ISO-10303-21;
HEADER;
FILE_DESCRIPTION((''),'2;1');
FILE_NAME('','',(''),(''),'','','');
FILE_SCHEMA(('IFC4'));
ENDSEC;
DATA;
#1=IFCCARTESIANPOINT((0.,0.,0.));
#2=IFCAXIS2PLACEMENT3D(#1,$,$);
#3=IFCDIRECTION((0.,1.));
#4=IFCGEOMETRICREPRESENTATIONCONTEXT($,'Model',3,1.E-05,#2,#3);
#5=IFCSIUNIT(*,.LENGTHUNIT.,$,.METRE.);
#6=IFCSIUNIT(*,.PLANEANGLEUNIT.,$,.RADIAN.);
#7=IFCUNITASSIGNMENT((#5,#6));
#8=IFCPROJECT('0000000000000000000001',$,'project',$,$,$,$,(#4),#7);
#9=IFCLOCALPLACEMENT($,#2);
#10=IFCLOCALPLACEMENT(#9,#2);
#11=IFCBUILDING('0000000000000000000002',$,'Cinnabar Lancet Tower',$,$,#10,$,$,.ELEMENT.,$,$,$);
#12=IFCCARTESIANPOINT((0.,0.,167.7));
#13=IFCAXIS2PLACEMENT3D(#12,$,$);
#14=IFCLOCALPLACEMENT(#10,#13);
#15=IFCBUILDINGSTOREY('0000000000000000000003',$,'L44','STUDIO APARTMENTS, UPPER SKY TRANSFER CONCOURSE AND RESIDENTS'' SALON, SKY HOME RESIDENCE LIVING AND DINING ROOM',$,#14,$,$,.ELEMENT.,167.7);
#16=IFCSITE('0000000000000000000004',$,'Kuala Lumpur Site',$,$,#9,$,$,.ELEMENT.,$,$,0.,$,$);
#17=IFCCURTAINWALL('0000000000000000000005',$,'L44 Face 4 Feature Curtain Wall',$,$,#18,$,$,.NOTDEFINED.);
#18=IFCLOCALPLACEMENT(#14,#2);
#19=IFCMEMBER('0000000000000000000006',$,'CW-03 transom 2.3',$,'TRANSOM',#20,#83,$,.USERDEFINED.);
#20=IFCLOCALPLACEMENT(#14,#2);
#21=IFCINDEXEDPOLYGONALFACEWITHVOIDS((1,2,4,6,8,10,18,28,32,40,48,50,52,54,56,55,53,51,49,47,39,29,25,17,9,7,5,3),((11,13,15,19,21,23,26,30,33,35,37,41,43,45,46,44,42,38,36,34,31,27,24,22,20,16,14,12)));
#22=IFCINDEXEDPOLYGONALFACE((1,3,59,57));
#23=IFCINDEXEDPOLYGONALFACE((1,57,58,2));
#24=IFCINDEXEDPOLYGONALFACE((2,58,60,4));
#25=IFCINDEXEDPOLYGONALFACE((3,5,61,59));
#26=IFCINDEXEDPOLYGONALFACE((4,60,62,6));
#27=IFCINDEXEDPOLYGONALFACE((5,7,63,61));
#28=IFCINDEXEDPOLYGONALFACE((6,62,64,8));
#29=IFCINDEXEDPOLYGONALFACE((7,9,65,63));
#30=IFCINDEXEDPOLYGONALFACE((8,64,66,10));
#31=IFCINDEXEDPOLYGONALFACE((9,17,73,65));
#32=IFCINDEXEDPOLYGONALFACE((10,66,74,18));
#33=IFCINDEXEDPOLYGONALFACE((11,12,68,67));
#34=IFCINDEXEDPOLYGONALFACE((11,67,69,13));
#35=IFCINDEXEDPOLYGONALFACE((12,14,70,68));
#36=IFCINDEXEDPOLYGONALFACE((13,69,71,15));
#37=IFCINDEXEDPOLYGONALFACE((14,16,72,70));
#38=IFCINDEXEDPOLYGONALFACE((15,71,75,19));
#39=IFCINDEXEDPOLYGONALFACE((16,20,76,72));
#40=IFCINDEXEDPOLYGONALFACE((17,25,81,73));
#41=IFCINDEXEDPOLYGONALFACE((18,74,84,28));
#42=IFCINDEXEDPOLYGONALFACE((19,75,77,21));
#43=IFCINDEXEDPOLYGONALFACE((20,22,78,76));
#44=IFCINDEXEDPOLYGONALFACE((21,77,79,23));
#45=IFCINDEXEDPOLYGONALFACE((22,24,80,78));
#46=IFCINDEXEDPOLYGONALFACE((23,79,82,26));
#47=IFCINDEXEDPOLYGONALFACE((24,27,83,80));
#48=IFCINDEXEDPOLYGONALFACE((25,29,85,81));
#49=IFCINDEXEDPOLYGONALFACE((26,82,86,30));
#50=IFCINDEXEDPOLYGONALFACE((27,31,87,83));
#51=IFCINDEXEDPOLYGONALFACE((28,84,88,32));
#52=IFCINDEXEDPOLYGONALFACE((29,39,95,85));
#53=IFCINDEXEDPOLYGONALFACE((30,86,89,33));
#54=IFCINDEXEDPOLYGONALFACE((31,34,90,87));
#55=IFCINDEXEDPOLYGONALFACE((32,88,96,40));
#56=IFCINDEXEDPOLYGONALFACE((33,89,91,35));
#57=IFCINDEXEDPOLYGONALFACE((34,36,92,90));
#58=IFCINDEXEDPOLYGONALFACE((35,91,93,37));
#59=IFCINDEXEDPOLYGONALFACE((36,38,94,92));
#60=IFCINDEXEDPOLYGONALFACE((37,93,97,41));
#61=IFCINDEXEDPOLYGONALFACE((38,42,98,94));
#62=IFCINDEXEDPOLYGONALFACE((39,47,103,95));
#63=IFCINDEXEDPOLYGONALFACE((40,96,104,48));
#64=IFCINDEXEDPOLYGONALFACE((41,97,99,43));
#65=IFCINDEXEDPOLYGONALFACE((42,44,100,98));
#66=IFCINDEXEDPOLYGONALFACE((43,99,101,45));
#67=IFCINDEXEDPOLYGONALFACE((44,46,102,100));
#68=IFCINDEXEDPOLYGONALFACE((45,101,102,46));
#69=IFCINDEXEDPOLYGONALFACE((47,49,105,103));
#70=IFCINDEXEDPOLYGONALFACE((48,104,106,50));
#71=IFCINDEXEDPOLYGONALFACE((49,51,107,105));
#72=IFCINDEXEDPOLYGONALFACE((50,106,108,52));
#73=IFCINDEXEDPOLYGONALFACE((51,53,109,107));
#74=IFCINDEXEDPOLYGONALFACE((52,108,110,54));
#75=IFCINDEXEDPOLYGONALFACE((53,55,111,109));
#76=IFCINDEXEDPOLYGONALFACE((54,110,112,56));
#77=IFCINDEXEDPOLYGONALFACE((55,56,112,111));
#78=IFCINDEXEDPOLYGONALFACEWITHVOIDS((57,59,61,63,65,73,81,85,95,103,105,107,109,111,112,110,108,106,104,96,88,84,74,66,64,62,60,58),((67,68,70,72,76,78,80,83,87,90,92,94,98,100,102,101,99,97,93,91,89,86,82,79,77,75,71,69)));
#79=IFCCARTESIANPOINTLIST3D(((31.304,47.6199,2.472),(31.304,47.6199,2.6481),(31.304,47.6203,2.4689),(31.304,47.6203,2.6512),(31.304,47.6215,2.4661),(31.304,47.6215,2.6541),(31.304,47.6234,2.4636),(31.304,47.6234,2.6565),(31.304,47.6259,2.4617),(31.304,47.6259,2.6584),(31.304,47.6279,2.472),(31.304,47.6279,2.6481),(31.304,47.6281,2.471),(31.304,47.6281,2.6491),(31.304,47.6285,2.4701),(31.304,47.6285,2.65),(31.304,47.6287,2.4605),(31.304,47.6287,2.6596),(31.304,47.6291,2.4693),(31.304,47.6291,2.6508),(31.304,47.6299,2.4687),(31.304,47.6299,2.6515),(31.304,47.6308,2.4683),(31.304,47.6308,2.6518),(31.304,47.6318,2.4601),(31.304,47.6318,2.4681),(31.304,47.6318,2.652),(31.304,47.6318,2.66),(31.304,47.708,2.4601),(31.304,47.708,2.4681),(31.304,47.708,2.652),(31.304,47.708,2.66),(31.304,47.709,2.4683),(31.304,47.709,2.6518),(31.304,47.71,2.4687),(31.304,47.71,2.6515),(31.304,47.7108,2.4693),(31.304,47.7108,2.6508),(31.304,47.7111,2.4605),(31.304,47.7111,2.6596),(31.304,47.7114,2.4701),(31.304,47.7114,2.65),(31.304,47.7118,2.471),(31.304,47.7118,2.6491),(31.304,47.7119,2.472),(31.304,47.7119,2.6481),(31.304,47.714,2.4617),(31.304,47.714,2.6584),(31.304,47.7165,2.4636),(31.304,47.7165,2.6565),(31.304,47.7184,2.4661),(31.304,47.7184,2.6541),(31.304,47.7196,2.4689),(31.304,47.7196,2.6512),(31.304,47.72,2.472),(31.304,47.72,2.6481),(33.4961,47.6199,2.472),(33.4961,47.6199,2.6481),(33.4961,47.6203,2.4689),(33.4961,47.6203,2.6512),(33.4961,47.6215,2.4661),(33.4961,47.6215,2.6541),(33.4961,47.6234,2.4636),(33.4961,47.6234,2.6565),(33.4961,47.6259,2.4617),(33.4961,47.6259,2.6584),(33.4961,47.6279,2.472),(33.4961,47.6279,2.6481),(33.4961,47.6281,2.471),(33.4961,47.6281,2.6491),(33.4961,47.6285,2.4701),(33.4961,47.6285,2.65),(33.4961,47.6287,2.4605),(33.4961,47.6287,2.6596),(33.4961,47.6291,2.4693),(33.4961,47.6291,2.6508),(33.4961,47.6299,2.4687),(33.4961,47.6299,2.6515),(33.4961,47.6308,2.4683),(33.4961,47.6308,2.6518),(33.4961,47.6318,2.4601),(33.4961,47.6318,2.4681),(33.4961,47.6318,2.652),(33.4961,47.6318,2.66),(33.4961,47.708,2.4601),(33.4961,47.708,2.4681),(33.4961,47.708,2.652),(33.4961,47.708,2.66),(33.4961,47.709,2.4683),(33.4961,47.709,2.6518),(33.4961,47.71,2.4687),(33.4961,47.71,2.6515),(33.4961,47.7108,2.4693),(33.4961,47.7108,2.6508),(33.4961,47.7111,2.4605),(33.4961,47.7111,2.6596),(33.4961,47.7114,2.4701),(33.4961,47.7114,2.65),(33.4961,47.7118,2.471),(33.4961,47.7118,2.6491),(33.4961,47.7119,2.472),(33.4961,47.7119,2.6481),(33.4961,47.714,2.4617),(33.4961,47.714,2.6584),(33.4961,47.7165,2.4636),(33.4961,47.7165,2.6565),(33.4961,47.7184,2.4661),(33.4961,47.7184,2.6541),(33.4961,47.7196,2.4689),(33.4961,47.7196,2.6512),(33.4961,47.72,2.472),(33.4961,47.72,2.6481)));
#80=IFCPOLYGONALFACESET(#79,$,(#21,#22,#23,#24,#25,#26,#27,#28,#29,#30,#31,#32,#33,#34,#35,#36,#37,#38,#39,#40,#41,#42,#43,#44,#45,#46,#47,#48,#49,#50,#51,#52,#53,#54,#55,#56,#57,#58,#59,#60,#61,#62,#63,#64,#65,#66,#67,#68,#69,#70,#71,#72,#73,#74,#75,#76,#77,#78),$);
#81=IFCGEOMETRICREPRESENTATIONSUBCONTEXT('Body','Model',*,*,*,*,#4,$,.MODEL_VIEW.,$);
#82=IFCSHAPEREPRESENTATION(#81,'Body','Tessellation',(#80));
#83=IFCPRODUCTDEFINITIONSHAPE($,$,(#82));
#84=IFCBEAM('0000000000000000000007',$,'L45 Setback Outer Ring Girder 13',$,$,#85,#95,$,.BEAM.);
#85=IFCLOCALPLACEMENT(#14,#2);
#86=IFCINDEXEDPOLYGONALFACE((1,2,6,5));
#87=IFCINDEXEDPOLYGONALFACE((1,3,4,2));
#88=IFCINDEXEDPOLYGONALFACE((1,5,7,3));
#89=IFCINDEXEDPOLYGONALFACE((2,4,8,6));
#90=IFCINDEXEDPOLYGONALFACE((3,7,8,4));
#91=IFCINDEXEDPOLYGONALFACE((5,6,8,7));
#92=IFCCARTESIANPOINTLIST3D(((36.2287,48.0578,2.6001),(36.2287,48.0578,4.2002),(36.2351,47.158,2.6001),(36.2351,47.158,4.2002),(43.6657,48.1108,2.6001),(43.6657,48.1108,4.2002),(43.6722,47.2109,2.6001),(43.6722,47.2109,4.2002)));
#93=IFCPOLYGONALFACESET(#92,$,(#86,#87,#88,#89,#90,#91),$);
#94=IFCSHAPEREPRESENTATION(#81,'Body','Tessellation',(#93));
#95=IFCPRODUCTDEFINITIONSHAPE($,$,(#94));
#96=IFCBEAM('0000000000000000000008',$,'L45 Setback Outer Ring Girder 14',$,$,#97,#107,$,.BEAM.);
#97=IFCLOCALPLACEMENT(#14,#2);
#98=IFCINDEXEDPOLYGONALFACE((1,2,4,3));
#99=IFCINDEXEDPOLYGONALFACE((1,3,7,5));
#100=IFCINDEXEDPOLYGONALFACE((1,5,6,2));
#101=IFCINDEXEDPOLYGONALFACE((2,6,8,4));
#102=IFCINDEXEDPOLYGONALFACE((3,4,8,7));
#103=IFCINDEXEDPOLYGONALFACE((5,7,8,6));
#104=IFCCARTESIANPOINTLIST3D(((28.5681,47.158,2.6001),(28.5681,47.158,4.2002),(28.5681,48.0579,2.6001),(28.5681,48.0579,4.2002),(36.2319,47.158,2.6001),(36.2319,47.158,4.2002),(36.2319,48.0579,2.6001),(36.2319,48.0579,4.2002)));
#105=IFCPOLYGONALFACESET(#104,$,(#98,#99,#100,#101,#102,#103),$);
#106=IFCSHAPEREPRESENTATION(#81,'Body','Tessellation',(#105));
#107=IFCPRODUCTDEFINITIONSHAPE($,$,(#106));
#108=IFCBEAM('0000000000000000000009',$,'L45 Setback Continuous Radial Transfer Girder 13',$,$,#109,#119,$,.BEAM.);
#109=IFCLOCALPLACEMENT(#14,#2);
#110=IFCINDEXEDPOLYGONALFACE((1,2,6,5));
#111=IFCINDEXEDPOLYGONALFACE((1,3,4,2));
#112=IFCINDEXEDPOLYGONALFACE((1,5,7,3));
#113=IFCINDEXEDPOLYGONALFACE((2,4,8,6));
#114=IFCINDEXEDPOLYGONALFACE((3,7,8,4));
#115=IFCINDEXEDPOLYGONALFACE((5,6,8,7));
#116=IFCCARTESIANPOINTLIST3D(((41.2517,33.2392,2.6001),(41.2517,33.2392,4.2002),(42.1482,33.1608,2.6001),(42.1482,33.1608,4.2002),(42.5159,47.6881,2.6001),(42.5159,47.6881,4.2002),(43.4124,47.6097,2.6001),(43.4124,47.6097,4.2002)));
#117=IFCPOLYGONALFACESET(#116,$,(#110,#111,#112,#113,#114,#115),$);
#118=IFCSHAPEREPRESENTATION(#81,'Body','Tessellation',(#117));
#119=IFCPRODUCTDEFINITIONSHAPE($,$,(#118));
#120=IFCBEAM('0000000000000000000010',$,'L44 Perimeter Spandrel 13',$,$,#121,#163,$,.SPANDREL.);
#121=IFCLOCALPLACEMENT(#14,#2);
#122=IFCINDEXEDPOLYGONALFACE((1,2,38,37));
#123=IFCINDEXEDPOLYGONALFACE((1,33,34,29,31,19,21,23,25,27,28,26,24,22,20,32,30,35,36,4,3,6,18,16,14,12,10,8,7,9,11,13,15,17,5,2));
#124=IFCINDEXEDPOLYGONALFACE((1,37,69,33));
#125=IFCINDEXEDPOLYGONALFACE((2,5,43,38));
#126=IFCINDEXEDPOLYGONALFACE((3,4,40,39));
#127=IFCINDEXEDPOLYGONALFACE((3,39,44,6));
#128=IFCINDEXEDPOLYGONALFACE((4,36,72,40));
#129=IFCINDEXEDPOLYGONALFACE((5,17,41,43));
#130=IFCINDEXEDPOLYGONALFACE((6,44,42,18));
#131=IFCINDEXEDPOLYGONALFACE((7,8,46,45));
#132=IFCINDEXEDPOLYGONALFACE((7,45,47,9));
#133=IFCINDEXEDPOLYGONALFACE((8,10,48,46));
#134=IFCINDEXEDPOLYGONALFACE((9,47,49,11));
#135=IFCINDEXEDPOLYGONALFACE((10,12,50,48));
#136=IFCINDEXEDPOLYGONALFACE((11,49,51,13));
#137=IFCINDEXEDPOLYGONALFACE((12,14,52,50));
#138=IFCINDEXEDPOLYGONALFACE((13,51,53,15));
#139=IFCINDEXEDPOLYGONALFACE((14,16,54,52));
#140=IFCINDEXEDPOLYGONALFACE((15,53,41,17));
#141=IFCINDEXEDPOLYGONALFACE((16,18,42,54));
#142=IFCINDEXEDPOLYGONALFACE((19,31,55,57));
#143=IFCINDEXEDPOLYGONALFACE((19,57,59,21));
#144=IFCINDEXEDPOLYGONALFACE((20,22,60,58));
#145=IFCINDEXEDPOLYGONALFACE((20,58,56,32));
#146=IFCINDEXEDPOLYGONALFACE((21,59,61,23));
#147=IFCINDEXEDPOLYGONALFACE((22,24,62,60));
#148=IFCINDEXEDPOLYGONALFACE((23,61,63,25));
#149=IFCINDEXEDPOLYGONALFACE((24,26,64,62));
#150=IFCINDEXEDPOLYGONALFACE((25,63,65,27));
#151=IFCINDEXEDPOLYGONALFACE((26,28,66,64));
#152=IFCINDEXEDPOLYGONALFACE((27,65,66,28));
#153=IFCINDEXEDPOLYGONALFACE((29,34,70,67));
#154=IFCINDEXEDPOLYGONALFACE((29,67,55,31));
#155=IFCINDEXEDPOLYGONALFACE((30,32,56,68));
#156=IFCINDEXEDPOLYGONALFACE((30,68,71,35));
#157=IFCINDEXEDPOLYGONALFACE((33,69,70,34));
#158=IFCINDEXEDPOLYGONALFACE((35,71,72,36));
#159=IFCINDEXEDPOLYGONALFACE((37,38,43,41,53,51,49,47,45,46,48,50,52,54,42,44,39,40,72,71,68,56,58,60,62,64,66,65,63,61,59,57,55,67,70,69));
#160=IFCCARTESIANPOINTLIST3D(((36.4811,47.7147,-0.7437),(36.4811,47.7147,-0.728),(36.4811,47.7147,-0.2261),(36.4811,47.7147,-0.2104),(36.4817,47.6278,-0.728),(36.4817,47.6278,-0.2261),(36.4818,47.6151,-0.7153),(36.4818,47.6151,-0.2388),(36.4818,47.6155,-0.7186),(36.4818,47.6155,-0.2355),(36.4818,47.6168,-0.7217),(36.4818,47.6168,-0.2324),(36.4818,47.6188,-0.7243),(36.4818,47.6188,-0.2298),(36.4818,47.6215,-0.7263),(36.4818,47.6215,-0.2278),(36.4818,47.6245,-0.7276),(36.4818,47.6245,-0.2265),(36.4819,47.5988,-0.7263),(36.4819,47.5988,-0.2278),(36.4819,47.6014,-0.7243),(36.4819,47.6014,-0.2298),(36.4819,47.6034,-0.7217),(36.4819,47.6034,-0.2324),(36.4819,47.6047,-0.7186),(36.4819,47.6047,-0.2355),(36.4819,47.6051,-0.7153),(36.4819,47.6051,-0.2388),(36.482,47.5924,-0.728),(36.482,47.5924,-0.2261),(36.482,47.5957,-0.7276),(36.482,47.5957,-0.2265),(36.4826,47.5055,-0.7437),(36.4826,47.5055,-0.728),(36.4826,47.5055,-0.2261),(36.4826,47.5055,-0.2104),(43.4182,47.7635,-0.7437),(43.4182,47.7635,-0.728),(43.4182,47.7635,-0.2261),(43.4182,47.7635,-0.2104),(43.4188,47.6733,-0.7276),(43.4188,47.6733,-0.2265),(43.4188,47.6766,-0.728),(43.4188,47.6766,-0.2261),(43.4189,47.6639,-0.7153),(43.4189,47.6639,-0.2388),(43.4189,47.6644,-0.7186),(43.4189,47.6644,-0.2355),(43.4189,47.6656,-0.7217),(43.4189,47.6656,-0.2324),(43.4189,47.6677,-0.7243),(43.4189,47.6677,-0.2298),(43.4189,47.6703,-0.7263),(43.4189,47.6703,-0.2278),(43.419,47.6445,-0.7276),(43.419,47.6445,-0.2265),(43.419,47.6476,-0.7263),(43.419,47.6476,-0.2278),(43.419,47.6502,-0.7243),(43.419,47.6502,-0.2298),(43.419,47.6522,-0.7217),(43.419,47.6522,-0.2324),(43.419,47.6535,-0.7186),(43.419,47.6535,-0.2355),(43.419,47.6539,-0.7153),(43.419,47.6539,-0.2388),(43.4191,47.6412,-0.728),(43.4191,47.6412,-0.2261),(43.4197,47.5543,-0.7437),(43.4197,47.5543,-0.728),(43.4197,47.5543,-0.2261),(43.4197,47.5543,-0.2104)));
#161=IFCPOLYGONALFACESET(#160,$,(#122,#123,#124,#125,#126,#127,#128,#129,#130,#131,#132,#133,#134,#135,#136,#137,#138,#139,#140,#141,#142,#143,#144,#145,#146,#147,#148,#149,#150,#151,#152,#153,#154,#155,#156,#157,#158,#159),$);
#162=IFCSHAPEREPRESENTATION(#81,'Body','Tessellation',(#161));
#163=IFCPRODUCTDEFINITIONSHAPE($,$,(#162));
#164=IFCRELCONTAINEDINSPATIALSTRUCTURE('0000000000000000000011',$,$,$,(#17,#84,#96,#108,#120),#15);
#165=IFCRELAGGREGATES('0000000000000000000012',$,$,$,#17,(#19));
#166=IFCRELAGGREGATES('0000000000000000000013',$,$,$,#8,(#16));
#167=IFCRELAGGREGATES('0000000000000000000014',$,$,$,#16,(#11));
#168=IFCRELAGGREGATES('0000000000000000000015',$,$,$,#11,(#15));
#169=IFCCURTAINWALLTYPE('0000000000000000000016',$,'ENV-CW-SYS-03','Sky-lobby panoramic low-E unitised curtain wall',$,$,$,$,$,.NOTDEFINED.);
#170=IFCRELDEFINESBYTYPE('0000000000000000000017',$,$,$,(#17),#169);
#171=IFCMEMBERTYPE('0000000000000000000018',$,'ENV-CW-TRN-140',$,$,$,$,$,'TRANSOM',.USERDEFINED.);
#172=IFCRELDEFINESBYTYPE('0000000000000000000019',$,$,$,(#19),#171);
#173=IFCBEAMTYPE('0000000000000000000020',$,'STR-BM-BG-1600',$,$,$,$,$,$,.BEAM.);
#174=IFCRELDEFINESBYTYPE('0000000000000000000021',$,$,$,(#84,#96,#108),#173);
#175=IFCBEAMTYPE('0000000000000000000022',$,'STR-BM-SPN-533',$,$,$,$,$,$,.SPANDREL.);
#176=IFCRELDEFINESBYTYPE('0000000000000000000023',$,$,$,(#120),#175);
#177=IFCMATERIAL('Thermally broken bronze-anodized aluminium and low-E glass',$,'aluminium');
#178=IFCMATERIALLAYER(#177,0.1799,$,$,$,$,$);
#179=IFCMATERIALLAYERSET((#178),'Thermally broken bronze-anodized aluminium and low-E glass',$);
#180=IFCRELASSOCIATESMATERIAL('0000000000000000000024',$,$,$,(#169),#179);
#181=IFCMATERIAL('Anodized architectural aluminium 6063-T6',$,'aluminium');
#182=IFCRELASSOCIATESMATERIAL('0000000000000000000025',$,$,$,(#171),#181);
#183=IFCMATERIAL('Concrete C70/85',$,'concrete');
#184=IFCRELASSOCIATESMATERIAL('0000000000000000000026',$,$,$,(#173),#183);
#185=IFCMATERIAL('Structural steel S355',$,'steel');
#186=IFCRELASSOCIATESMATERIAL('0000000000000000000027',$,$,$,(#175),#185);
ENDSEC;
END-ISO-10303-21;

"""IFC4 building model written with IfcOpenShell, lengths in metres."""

from ifc_helpers import new_model, si_unit, direction, frame, origin, origin_2d, place, context, subcontext, project, spatial, rectangle, hollow_rectangle, i_section, extrude, material, layer, layer_set, material_profile, profile_set, type_object, element, aggregate, save


model = new_model("IFC4")

# Units and contexts
model_context = context("Model", 3, precision=1e-05, world=origin(), true_north=direction((0.0, 1.0)))
body_context = subcontext(model_context, "Body", "Model", "MODEL_VIEW")
ifc_project = project(units=[si_unit("LENGTHUNIT", "METRE"), si_unit("PLANEANGLEUNIT", "RADIAN")], contexts=[model_context])

# Site, building, storey
site_placement = place(None, origin())
site = spatial("IfcSite", under=ifc_project, at=site_placement, Name="Kuala Lumpur Site", CompositionType="ELEMENT", RefElevation=0.0)
building_placement = place(site_placement, origin())
building = spatial("IfcBuilding", under=site, at=building_placement, Name="Cinnabar Lancet Tower", CompositionType="ELEMENT")
storey_placement = place(building_placement, frame((0.0, 0.0, 167.7)))
storey = spatial("IfcBuildingStorey", under=building, at=storey_placement, Name="L44", Description="STUDIO APARTMENTS, UPPER SKY TRANSFER CONCOURSE AND RESIDENTS' SALON, SKY HOME RESIDENCE LIVING AND DINING ROOM", CompositionType="ELEMENT", Elevation=167.7)

# Curtain wall, member
ifc_material_1 = material(Name="Thermally broken bronze-anodized aluminium and low-E glass", Category="aluminium")
ifc_layer_1 = layer(ifc_material_1, 0.1799)
ifc_layer_set_1 = layer_set([ifc_layer_1], Name="Thermally broken bronze-anodized aluminium and low-E glass")
curtain_wall_type = type_object("IfcCurtainWallType", Name="ENV-CW-SYS-03", Description="Sky-lobby panoramic low-E unitised curtain wall", PredefinedType="NOTDEFINED", material=ifc_layer_set_1)
curtain_wall_placement = place(storey_placement, origin())
curtain_wall = element("IfcCurtainWall", 1, at=curtain_wall_placement, inside=storey, type_object=curtain_wall_type, Name="L44 Face 4 Feature Curtain Wall", PredefinedType="NOTDEFINED")
ifc_material_2 = material(Name="Anodized architectural aluminium 6063-T6", Category="aluminium")
ifc_material_profile_1 = material_profile(ifc_material_2, hollow_rectangle(XDim=0.1001, YDim=0.2, WallThickness=0.0081, InnerFilletRadius=0.0039, OuterFilletRadius=0.012, at=origin_2d()), Name="RHS 200x100x8")
ifc_profile_set_1 = profile_set([ifc_material_profile_1], Name="Anodized architectural aluminium 6063-T6")
member_type_1 = type_object("IfcMemberType", Name="ENV-CW-TRN-140", ElementType="TRANSOM", PredefinedType="USERDEFINED", material=ifc_profile_set_1)
member_1_placement = place(storey_placement, frame((33.4961, 47.6699, 2.5601), z_axis=(-1.0, 0.0, 0.0), x_axis=(0.0, -1.0, 0.0)))
member_1 = element("IfcMember", 2, at=member_1_placement, type_object=member_type_1, Name="CW-03 transom 2.3", ObjectType="TRANSOM", PredefinedType="USERDEFINED", context=body_context, shape_type="SweptSolid", body=[
    extrude(hollow_rectangle(XDim=0.1001, YDim=0.2, WallThickness=0.0081, InnerFilletRadius=0.0039, OuterFilletRadius=0.012, at=origin_2d()), origin(), (0.0, 0.0, 1.0), 2.1921),
])

# Beams
ifc_material_3 = material(Name="Concrete C70/85", Category="concrete")
ifc_material_profile_2 = material_profile(ifc_material_3, rectangle(XDim=0.8999, YDim=1.6001, at=origin_2d()), Name="RC-BG 900x1600")
ifc_profile_set_2 = profile_set([ifc_material_profile_2], Name="Concrete C70/85")
beam_type_1 = type_object("IfcBeamType", Name="STR-BM-BG-1600", PredefinedType="BEAM", material=ifc_profile_set_2)
beam_1_placement = place(storey_placement, frame((43.6689, 47.6609, 3.4001), z_axis=(-0.999975, -0.007123, 0.0), x_axis=(0.007123, -0.999975, 0.0)))
element("IfcBeam", 3, at=beam_1_placement, inside=storey, type_object=beam_type_1, Name="L45 Setback Outer Ring Girder 13", PredefinedType="BEAM", context=body_context, shape_type="SweptSolid", body=[
    extrude(rectangle(XDim=0.8999, YDim=1.6001, at=origin_2d()), origin(), (0.0, 0.0, 1.0), 7.4373),
])
beam_2_placement = place(storey_placement, frame((36.2319, 47.6079, 3.4001), z_axis=(-1.0, 0.0, 0.0), x_axis=(0.0, -1.0, 0.0)))
element("IfcBeam", 4, at=beam_2_placement, inside=storey, type_object=beam_type_1, Name="L45 Setback Outer Ring Girder 14", PredefinedType="BEAM", context=body_context, shape_type="SweptSolid", body=[
    extrude(rectangle(XDim=0.8999, YDim=1.6001, at=origin_2d()), origin(), (0.0, 0.0, 1.0), 7.6638),
])
beam_3_placement = place(storey_placement, frame((42.9641, 47.6489, 3.4001), z_axis=(-0.087158, -0.996194, 0.0), x_axis=(0.996194, -0.087158, 0.0)))
element("IfcBeam", 5, at=beam_3_placement, inside=storey, type_object=beam_type_1, Name="L45 Setback Continuous Radial Transfer Girder 13", PredefinedType="BEAM", context=body_context, shape_type="SweptSolid", body=[
    extrude(rectangle(XDim=0.8999, YDim=1.6001, at=origin_2d()), origin(), (0.0, 0.0, 1.0), 14.5042),
])
ifc_material_4 = material(Name="Structural steel S355", Category="steel")
ifc_material_profile_3 = material_profile(ifc_material_4, i_section(OverallWidth=0.2092, OverallDepth=0.5332, WebThickness=0.01, FlangeThickness=0.0156, FilletRadius=0.0127, at=origin_2d()), Name="UKB 533x210x92")
ifc_profile_set_3 = profile_set([ifc_material_profile_3], Name="Structural steel S355")
beam_type_2 = type_object("IfcBeamType", Name="STR-BM-SPN-533", PredefinedType="SPANDREL", material=ifc_profile_set_3)
beam_4_placement = place(storey_placement, frame((43.4189, 47.6589, -0.4771), z_axis=(-0.999975, -0.007039, 0.0), x_axis=(0.007039, -0.999975, 0.0)))
element("IfcBeam", 6, at=beam_4_placement, inside=storey, type_object=beam_type_2, Name="L44 Perimeter Spandrel 13", PredefinedType="SPANDREL", context=body_context, shape_type="SweptSolid", body=[
    extrude(i_section(OverallWidth=0.2092, OverallDepth=0.5332, WebThickness=0.01, FlangeThickness=0.0156, FilletRadius=0.0127, at=origin_2d()), origin(), (0.0, 0.0, 1.0), 6.9373),
])

aggregate(curtain_wall, [member_1])

save(model, "model.ifc")
